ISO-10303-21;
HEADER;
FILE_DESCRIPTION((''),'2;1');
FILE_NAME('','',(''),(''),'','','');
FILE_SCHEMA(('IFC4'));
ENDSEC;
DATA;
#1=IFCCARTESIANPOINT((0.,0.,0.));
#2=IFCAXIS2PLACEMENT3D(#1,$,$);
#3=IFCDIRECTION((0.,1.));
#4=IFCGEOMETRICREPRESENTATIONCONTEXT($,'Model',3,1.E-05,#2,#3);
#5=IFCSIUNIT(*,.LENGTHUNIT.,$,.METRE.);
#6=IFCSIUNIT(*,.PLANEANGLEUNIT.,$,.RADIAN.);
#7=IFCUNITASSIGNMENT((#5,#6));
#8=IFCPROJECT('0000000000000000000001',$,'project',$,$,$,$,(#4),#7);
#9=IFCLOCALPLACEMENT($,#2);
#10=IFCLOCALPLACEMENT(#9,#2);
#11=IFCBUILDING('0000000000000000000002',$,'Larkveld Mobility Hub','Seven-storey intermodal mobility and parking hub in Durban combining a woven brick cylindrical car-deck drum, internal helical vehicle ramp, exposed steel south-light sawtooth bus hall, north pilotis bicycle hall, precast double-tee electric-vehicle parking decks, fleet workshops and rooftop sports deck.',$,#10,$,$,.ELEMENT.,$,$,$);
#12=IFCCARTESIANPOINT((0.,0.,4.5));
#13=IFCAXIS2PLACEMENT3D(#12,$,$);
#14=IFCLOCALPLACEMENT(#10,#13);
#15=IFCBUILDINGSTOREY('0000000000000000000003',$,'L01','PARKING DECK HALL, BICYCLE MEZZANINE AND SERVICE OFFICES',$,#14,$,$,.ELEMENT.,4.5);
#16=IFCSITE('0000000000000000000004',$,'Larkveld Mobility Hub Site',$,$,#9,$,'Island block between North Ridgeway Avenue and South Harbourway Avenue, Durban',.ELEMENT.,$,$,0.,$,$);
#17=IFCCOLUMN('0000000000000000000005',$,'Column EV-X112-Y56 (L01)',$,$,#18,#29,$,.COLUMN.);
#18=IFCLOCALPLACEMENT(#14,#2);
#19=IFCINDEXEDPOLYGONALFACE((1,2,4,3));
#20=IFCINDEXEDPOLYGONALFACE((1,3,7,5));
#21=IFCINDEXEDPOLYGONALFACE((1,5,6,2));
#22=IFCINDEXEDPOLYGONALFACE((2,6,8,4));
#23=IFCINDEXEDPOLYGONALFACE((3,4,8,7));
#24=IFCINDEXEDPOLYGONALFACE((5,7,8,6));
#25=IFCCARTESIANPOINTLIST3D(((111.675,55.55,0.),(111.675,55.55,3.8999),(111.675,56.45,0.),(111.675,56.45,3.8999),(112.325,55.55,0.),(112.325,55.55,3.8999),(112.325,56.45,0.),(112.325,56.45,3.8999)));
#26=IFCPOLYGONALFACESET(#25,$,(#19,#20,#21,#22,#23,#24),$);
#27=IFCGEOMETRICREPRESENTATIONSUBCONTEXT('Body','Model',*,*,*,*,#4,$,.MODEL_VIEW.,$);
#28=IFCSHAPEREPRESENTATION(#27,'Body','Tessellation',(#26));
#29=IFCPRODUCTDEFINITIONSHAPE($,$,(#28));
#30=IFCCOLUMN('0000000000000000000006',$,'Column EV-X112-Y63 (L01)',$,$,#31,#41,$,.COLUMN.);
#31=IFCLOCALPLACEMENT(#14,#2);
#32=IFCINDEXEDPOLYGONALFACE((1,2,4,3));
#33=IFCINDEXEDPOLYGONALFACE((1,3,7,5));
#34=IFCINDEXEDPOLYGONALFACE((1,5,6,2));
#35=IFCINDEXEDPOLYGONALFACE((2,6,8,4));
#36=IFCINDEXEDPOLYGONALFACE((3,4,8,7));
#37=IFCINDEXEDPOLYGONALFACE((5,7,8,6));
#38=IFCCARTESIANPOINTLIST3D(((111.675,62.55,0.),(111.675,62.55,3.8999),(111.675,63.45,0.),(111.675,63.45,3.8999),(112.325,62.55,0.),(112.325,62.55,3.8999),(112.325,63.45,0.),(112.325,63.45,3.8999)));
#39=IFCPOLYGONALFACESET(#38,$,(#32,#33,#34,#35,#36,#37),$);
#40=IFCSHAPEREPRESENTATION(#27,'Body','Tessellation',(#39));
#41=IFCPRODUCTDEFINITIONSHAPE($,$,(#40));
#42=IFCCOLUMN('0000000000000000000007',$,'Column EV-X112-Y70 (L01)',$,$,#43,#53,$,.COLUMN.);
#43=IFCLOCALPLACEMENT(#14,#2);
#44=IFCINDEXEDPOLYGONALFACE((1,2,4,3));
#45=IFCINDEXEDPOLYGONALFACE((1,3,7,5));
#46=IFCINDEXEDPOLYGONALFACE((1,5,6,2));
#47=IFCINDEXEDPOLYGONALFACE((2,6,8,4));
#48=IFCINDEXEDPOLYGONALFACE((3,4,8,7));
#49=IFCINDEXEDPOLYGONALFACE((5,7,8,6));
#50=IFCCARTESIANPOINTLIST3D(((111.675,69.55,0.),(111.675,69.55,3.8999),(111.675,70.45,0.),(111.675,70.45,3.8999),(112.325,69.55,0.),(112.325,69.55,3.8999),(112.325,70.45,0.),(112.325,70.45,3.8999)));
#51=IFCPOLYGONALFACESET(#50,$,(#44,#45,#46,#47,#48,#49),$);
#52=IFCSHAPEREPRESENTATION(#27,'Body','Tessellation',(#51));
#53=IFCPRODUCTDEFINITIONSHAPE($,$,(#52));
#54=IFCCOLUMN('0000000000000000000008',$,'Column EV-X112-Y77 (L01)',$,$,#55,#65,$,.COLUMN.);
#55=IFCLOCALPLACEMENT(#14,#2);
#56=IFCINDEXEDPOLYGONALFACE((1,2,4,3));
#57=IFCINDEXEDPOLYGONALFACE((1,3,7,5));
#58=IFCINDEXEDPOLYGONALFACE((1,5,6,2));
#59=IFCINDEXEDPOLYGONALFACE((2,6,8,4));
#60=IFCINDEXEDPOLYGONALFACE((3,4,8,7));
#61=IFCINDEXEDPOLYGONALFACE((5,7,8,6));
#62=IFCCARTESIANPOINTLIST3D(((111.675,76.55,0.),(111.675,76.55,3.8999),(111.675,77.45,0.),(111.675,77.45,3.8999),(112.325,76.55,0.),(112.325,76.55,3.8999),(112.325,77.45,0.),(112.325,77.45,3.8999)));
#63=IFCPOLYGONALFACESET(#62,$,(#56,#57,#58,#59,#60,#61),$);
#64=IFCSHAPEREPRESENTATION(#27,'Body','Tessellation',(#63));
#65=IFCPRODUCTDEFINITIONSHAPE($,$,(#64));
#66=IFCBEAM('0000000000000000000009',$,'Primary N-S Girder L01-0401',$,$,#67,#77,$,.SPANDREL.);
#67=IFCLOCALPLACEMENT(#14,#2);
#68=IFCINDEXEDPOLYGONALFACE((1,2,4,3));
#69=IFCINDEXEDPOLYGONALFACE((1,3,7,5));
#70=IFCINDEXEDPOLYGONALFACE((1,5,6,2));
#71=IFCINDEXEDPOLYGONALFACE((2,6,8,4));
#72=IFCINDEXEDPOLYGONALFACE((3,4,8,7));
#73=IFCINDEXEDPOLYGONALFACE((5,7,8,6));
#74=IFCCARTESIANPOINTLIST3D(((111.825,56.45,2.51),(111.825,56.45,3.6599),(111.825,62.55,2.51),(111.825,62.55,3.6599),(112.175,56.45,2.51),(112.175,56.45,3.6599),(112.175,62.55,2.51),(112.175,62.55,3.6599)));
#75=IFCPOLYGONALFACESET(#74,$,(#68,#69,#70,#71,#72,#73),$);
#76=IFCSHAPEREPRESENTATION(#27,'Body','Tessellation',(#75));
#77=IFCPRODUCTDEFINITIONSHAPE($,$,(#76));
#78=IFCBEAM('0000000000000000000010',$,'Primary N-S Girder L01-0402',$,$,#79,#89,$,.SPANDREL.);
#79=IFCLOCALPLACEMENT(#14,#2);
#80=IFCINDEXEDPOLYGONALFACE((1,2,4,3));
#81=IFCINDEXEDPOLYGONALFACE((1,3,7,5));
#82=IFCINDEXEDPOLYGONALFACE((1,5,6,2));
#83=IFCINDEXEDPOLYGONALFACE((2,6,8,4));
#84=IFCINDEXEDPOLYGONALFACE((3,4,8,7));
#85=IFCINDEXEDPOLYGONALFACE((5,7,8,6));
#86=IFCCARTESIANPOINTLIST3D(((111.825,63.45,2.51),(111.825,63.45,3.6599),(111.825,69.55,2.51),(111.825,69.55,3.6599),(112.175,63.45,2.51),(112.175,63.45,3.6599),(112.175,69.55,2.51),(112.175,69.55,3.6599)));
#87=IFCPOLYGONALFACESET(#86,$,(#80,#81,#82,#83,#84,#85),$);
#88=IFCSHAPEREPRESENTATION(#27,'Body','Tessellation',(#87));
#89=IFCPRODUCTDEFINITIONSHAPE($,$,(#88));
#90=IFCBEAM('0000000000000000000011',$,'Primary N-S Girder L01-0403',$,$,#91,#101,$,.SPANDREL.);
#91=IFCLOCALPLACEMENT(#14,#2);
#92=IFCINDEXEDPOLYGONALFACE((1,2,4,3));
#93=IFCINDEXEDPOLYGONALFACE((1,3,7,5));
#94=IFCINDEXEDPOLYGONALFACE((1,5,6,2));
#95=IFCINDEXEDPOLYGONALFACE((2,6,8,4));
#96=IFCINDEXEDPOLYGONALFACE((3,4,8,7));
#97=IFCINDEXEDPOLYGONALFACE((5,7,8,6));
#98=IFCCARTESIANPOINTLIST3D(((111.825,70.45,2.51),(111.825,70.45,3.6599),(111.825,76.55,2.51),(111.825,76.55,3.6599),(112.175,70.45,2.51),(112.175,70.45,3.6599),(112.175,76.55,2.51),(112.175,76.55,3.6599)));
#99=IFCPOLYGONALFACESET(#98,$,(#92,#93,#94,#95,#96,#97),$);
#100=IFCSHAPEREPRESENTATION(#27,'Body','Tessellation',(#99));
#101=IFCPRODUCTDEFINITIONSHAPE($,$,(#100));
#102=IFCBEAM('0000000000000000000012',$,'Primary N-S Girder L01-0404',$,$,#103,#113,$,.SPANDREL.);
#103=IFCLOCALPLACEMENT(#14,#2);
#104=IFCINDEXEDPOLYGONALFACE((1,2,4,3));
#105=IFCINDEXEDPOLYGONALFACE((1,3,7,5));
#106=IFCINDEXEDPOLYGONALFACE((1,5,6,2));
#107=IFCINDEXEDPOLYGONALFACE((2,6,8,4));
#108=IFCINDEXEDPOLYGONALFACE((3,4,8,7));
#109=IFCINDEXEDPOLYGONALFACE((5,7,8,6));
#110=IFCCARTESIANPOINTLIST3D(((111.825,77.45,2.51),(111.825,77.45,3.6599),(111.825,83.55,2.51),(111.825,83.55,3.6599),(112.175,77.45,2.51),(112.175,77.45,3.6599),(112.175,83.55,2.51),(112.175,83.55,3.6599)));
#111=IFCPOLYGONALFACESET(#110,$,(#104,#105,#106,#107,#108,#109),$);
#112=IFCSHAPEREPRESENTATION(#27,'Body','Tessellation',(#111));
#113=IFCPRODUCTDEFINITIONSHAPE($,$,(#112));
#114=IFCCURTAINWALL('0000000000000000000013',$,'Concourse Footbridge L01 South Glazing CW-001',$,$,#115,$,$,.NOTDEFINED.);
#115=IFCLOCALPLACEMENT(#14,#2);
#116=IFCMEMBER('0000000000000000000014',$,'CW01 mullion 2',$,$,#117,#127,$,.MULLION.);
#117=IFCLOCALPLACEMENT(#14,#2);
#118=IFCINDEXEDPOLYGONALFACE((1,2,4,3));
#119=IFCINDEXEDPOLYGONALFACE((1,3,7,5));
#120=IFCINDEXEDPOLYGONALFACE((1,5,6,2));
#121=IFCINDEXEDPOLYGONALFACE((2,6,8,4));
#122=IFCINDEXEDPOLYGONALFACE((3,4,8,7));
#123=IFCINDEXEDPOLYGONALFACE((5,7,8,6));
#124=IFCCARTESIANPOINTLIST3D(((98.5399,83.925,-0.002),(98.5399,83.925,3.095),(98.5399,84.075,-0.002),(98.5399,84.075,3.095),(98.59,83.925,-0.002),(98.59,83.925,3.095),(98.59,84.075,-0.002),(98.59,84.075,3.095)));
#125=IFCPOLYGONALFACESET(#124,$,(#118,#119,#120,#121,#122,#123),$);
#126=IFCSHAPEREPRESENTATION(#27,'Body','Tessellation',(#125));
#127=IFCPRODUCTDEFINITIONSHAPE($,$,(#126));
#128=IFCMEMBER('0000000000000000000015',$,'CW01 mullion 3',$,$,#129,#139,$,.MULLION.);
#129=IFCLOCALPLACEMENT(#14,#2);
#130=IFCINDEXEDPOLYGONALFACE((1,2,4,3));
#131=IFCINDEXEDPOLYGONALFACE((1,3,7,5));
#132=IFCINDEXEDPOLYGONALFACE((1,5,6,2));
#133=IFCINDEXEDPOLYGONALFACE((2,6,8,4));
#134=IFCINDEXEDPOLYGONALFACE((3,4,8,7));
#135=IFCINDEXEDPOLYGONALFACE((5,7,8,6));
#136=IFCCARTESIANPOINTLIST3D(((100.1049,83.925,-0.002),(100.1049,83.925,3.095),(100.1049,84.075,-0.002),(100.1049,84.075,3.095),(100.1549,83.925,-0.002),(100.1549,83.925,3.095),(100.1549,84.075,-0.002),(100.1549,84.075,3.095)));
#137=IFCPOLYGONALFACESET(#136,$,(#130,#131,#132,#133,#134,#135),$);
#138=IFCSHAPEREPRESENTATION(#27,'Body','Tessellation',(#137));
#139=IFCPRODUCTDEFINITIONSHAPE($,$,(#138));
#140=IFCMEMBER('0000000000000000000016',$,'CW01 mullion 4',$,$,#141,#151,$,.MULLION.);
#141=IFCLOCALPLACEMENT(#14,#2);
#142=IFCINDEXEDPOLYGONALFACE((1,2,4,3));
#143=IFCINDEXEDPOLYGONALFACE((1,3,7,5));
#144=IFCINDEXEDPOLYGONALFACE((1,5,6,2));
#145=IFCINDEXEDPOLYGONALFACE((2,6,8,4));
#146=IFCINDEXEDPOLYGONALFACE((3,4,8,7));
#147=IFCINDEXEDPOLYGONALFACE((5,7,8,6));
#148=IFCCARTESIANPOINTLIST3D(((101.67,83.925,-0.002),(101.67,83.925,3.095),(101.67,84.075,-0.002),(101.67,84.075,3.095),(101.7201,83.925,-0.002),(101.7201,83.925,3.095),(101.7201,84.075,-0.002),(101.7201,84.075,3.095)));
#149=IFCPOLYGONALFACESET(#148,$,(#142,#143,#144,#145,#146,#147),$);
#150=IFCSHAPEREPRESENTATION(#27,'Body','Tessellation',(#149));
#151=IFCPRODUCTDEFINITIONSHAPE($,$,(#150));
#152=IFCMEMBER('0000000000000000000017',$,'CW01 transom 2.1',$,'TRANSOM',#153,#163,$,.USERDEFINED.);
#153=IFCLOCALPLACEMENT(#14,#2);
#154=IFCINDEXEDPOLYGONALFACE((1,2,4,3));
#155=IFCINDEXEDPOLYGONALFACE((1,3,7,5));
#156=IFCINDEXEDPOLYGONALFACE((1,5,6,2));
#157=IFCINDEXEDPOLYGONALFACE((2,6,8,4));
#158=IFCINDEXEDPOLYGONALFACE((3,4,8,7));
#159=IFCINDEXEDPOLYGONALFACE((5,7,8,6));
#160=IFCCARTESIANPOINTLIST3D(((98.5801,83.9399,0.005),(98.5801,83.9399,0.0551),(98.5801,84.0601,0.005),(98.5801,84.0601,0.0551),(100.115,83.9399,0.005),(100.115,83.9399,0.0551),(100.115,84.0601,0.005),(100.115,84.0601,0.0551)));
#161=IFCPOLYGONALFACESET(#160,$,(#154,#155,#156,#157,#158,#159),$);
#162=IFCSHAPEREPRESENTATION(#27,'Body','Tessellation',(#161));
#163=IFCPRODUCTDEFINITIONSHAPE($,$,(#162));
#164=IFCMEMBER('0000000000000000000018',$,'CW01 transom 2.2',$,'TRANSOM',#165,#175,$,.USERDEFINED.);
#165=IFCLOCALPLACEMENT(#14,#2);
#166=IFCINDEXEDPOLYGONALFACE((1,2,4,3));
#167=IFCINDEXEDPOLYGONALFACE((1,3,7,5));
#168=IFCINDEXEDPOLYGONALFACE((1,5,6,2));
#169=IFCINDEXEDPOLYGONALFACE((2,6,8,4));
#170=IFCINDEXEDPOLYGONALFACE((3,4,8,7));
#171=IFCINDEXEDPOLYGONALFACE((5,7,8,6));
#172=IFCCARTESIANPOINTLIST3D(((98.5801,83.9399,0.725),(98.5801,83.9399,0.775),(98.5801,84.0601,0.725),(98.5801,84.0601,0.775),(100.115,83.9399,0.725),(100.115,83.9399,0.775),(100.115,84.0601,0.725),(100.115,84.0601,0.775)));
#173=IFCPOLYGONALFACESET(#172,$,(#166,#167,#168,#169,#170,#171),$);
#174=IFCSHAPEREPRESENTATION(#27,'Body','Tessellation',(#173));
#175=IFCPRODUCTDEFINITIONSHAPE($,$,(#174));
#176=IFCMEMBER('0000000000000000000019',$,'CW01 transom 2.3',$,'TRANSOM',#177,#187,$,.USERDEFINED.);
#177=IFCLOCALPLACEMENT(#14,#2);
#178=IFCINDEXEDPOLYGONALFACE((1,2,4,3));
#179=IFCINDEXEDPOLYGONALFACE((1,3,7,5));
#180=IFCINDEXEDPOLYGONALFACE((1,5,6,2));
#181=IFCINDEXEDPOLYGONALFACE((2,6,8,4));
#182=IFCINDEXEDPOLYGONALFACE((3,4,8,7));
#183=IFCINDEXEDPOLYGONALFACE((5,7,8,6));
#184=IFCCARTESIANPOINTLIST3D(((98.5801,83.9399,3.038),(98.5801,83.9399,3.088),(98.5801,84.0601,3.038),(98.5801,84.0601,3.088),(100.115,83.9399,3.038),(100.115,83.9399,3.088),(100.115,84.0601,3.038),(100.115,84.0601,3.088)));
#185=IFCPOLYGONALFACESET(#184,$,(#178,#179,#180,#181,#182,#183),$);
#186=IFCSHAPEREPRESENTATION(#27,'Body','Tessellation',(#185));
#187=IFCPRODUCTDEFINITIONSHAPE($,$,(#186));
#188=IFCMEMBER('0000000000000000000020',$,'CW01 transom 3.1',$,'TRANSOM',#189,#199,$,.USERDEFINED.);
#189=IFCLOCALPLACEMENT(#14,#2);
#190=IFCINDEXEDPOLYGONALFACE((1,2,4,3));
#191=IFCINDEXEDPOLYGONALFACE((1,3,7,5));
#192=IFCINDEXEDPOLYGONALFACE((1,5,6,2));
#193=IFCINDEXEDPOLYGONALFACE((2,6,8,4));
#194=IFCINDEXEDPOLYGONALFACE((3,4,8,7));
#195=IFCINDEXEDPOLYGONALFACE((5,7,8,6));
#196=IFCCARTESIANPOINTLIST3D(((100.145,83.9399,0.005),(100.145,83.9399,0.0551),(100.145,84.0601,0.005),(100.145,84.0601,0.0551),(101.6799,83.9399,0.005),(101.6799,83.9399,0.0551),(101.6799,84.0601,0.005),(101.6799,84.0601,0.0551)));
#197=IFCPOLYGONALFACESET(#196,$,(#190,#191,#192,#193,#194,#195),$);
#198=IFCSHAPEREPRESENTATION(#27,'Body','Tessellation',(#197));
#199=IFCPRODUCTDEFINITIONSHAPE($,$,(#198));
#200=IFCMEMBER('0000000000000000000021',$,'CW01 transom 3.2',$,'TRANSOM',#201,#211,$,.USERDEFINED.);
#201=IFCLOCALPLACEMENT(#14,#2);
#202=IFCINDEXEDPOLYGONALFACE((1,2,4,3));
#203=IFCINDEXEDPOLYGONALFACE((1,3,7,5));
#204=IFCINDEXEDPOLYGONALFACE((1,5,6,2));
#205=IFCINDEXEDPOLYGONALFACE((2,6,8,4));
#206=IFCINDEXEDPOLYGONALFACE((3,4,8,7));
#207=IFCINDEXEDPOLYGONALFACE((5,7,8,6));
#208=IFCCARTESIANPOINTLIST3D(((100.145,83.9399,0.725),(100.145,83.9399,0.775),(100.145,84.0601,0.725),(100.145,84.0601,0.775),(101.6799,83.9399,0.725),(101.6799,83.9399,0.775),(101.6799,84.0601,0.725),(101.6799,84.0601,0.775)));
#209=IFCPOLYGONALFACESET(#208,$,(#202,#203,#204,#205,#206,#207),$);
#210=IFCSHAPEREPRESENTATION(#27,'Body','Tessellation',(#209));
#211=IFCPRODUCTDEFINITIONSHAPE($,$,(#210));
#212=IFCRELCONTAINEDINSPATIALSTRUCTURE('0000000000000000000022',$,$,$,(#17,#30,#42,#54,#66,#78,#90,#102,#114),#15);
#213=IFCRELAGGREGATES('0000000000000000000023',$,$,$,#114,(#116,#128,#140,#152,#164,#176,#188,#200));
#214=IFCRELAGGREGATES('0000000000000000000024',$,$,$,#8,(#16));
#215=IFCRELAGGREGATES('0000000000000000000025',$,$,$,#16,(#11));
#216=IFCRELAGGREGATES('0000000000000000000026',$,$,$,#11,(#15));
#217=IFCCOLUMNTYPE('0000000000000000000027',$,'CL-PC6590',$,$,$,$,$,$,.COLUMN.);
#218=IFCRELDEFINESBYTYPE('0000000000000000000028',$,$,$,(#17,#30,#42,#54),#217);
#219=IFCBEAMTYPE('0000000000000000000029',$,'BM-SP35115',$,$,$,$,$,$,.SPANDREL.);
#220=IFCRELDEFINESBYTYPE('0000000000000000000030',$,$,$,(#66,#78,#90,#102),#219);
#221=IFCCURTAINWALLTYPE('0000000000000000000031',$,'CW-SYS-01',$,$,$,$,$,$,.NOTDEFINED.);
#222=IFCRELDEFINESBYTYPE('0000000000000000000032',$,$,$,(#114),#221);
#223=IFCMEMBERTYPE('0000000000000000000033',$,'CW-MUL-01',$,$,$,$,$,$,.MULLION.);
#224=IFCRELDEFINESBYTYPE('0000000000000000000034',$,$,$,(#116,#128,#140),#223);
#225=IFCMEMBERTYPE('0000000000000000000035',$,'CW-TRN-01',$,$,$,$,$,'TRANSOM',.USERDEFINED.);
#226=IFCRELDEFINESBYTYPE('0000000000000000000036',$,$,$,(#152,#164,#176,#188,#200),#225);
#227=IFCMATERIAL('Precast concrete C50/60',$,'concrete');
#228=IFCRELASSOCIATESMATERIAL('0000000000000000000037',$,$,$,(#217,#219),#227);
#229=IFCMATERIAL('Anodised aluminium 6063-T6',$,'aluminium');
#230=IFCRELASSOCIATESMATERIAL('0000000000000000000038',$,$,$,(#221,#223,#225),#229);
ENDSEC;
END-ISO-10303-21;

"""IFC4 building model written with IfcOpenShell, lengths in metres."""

from ifc_helpers import new_model, si_unit, direction, frame, origin, origin_2d, place, context, subcontext, project, spatial, rectangle, extrude, material, material_profile, profile_set, type_object, element, aggregate, save


model = new_model("IFC4")

# Units and contexts
model_context = context("Model", 3, precision=1e-05, world=origin(), true_north=direction((0.0, 1.0)))
body_context = subcontext(model_context, "Body", "Model", "MODEL_VIEW")
ifc_project = project(units=[si_unit("LENGTHUNIT", "METRE"), si_unit("PLANEANGLEUNIT", "RADIAN")], contexts=[model_context])

# Site, building, storey
site_placement = place(None, origin())
site = spatial("IfcSite", under=ifc_project, at=site_placement, Name="Larkveld Mobility Hub Site", LongName="Island block between North Ridgeway Avenue and South Harbourway Avenue, Durban", CompositionType="ELEMENT", RefElevation=0.0)
building_placement = place(site_placement, origin())
building = spatial("IfcBuilding", under=site, at=building_placement, Name="Larkveld Mobility Hub", Description="Seven-storey intermodal mobility and parking hub in Durban combining a woven brick cylindrical car-deck drum, internal helical vehicle ramp, exposed steel south-light sawtooth bus hall, north pilotis bicycle hall, precast double-tee electric-vehicle parking decks, fleet workshops and rooftop sports deck.", CompositionType="ELEMENT")
storey_placement = place(building_placement, frame((0.0, 0.0, 4.5)))
storey = spatial("IfcBuildingStorey", under=building, at=storey_placement, Name="L01", Description="PARKING DECK HALL, BICYCLE MEZZANINE AND SERVICE OFFICES", CompositionType="ELEMENT", Elevation=4.5)

# Columns
ifc_material_1 = material(Name="Precast concrete C50/60", Category="concrete")
ifc_material_profile_1 = material_profile(ifc_material_1, rectangle(XDim=0.6499, YDim=0.8999, at=origin_2d()), Name="RC COL 650x900")
ifc_profile_set_1 = profile_set([ifc_material_profile_1], Name="Precast concrete C50/60")
column_type = type_object("IfcColumnType", Name="CL-PC6590", PredefinedType="COLUMN", material=ifc_profile_set_1)
for number, where, z_axis, x_axis, name in (
    (1, (112.0, 56.0, 0.0), (0.0, 0.0, 1.0), (1.0, 0.0, 0.0), "Column EV-X112-Y56 (L01)"),
    (2, (112.0, 63.0, 0.0), (0.0, 0.0, 1.0), (1.0, 0.0, 0.0), "Column EV-X112-Y63 (L01)"),
    (3, (112.0, 70.0, 0.0), (0.0, 0.0, 1.0), (1.0, 0.0, 0.0), "Column EV-X112-Y70 (L01)"),
    (4, (112.0, 77.0, 0.0), (0.0, 0.0, 1.0), (1.0, 0.0, 0.0), "Column EV-X112-Y77 (L01)"),
):
    element("IfcColumn", number, at=place(storey_placement, frame(where, z_axis=z_axis, x_axis=x_axis)), inside=storey, type_object=column_type, Name=name, PredefinedType="COLUMN", context=body_context, shape_type="SweptSolid", body=[
        extrude(rectangle(XDim=0.6499, YDim=0.8999, at=origin_2d()), origin(), (0.0, 0.0, 1.0), 3.8999),
    ])

# Beams
ifc_material_profile_2 = material_profile(ifc_material_1, rectangle(XDim=0.3501, YDim=1.1499, at=origin_2d()), Name="PC SP 350x1150")
ifc_profile_set_2 = profile_set([ifc_material_profile_2], Name="Precast concrete C50/60")
beam_type = type_object("IfcBeamType", Name="BM-SP35115", PredefinedType="SPANDREL", material=ifc_profile_set_2)
for number, where, z_axis, x_axis, name in (
    (5, (112.0, 56.45, 3.085), (0.0, 1.0, 0.0), (-1.0, 0.0, 0.0), "Primary N-S Girder L01-0401"),
    (6, (112.0, 63.45, 3.085), (0.0, 1.0, 0.0), (-1.0, 0.0, 0.0), "Primary N-S Girder L01-0402"),
    (7, (112.0, 70.45, 3.085), (0.0, 1.0, 0.0), (-1.0, 0.0, 0.0), "Primary N-S Girder L01-0403"),
    (8, (112.0, 77.45, 3.085), (0.0, 1.0, 0.0), (-1.0, 0.0, 0.0), "Primary N-S Girder L01-0404"),
):
    element("IfcBeam", number, at=place(storey_placement, frame(where, z_axis=z_axis, x_axis=x_axis)), inside=storey, type_object=beam_type, Name=name, PredefinedType="SPANDREL", context=body_context, shape_type="SweptSolid", body=[
        extrude(rectangle(XDim=0.3501, YDim=1.1499, at=origin_2d()), origin(), (0.0, 0.0, 1.0), 6.1001),
    ])

# Curtain wall, members
ifc_material_2 = material(Name="Anodised aluminium 6063-T6", Category="aluminium")
curtain_wall_type = type_object("IfcCurtainWallType", Name="CW-SYS-01", PredefinedType="NOTDEFINED", material=ifc_material_2)
curtain_wall_placement = place(storey_placement, origin())
curtain_wall = element("IfcCurtainWall", 9, at=curtain_wall_placement, inside=storey, type_object=curtain_wall_type, Name="Concourse Footbridge L01 South Glazing CW-001", PredefinedType="NOTDEFINED")
ifc_material_profile_3 = material_profile(ifc_material_2, rectangle(XDim=0.05, YDim=0.1499, at=origin_2d()), Name="ALU MULL 50x150")
ifc_profile_set_3 = profile_set([ifc_material_profile_3], Name="Anodised aluminium 6063-T6")
member_type_1 = type_object("IfcMemberType", Name="CW-MUL-01", PredefinedType="MULLION", material=ifc_profile_set_3)
member_1_placement = place(storey_placement, frame((98.5649, 84.0, -0.002), z_axis=(0.0, 0.0, 1.0), x_axis=(1.0, 0.0, 0.0)))
member_1 = element("IfcMember", 10, at=member_1_placement, type_object=member_type_1, Name="CW01 mullion 2", PredefinedType="MULLION", context=body_context, shape_type="SweptSolid", body=[
    extrude(rectangle(XDim=0.05, YDim=0.1499, at=origin_2d()), origin(), (0.0, 0.0, 1.0), 3.0969),
])
member_2_placement = place(storey_placement, frame((100.1299, 84.0, -0.002), z_axis=(0.0, 0.0, 1.0), x_axis=(1.0, 0.0, 0.0)))
member_2 = element("IfcMember", 11, at=member_2_placement, type_object=member_type_1, Name="CW01 mullion 3", PredefinedType="MULLION", context=body_context, shape_type="SweptSolid", body=[
    extrude(rectangle(XDim=0.05, YDim=0.1499, at=origin_2d()), origin(), (0.0, 0.0, 1.0), 3.0969),
])
member_3_placement = place(storey_placement, frame((101.6951, 84.0, -0.002), z_axis=(0.0, 0.0, 1.0), x_axis=(1.0, 0.0, 0.0)))
member_3 = element("IfcMember", 12, at=member_3_placement, type_object=member_type_1, Name="CW01 mullion 4", PredefinedType="MULLION", context=body_context, shape_type="SweptSolid", body=[
    extrude(rectangle(XDim=0.05, YDim=0.1499, at=origin_2d()), origin(), (0.0, 0.0, 1.0), 3.0969),
])
ifc_material_profile_4 = material_profile(ifc_material_2, rectangle(XDim=0.1201, YDim=0.05, at=origin_2d()), Name="ALU TRAN 50x120")
ifc_profile_set_4 = profile_set([ifc_material_profile_4], Name="Anodised aluminium 6063-T6")
member_type_2 = type_object("IfcMemberType", Name="CW-TRN-01", ElementType="TRANSOM", PredefinedType="USERDEFINED", material=ifc_profile_set_4)
member_4_placement = place(storey_placement, frame((98.5801, 84.0, 0.03), z_axis=(1.0, 0.0, 0.0), x_axis=(0.0, 1.0, 0.0)))
member_4 = element("IfcMember", 13, at=member_4_placement, type_object=member_type_2, Name="CW01 transom 2.1", ObjectType="TRANSOM", PredefinedType="USERDEFINED", context=body_context, shape_type="SweptSolid", body=[
    extrude(rectangle(XDim=0.1201, YDim=0.05, at=origin_2d()), origin(), (0.0, 0.0, 1.0), 1.5349),
])
member_5_placement = place(storey_placement, frame((98.5801, 84.0, 0.75), z_axis=(1.0, 0.0, 0.0), x_axis=(0.0, 1.0, 0.0)))
member_5 = element("IfcMember", 14, at=member_5_placement, type_object=member_type_2, Name="CW01 transom 2.2", ObjectType="TRANSOM", PredefinedType="USERDEFINED", context=body_context, shape_type="SweptSolid", body=[
    extrude(rectangle(XDim=0.1201, YDim=0.05, at=origin_2d()), origin(), (0.0, 0.0, 1.0), 1.5349),
])
member_6_placement = place(storey_placement, frame((98.5801, 84.0, 3.063), z_axis=(1.0, 0.0, 0.0), x_axis=(0.0, 1.0, 0.0)))
member_6 = element("IfcMember", 15, at=member_6_placement, type_object=member_type_2, Name="CW01 transom 2.3", ObjectType="TRANSOM", PredefinedType="USERDEFINED", context=body_context, shape_type="SweptSolid", body=[
    extrude(rectangle(XDim=0.1201, YDim=0.05, at=origin_2d()), origin(), (0.0, 0.0, 1.0), 1.5349),
])
member_7_placement = place(storey_placement, frame((100.145, 84.0, 0.03), z_axis=(1.0, 0.0, 0.0), x_axis=(0.0, 1.0, 0.0)))
member_7 = element("IfcMember", 16, at=member_7_placement, type_object=member_type_2, Name="CW01 transom 3.1", ObjectType="TRANSOM", PredefinedType="USERDEFINED", context=body_context, shape_type="SweptSolid", body=[
    extrude(rectangle(XDim=0.1201, YDim=0.05, at=origin_2d()), origin(), (0.0, 0.0, 1.0), 1.5349),
])
member_8_placement = place(storey_placement, frame((100.145, 84.0, 0.75), z_axis=(1.0, 0.0, 0.0), x_axis=(0.0, 1.0, 0.0)))
member_8 = element("IfcMember", 17, at=member_8_placement, type_object=member_type_2, Name="CW01 transom 3.2", ObjectType="TRANSOM", PredefinedType="USERDEFINED", context=body_context, shape_type="SweptSolid", body=[
    extrude(rectangle(XDim=0.1201, YDim=0.05, at=origin_2d()), origin(), (0.0, 0.0, 1.0), 1.5349),
])
aggregate(curtain_wall, [member_1, member_2, member_3, member_4, member_5, member_6, member_7, member_8])

save(model, "model.ifc")
